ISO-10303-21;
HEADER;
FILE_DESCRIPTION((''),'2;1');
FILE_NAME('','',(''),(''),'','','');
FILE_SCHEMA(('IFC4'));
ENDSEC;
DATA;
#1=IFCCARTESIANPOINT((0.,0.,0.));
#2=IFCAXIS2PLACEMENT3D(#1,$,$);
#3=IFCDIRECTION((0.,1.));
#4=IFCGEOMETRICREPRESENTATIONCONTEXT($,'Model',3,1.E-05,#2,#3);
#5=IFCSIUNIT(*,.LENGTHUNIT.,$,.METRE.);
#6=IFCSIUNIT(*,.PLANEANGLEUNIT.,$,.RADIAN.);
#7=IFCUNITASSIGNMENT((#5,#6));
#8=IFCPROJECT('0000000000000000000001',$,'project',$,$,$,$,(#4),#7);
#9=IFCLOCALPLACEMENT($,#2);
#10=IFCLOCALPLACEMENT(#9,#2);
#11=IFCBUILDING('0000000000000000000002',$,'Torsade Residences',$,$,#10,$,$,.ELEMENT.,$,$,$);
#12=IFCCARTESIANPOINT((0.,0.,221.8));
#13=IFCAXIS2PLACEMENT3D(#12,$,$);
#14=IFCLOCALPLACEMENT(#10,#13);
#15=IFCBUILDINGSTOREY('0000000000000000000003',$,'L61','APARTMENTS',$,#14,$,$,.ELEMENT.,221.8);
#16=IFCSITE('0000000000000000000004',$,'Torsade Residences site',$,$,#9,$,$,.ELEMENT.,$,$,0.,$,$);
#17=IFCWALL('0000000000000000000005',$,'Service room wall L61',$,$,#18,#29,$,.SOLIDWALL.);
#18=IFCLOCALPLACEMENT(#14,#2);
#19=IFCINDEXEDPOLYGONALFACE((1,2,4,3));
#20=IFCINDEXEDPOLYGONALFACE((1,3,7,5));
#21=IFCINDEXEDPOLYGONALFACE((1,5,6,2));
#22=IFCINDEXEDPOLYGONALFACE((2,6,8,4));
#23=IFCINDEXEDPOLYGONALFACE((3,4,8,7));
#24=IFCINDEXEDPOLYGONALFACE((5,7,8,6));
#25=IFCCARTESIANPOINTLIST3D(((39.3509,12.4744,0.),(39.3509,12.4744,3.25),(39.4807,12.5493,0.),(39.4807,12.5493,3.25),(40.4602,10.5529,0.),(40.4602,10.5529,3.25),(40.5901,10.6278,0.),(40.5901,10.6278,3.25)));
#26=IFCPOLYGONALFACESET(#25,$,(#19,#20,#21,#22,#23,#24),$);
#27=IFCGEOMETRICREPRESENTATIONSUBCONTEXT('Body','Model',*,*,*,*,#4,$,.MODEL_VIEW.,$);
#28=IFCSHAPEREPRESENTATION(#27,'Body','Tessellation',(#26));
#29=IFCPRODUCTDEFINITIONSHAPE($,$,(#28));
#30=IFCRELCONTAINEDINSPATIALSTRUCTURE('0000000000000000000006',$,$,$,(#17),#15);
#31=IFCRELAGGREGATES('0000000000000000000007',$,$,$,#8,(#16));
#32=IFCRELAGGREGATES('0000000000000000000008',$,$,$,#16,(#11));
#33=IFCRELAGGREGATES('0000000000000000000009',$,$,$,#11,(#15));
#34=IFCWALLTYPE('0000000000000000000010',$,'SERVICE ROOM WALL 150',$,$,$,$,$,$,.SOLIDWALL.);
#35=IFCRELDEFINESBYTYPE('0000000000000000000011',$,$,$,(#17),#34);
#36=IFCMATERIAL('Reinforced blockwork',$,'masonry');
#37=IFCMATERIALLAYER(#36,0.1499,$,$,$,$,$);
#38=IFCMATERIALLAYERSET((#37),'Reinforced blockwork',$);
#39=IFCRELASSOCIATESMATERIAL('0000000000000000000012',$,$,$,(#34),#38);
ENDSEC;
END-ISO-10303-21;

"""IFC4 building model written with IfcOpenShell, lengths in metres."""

from ifc_helpers import new_model, si_unit, direction, frame, frame_2d, origin, place, context, subcontext, project, spatial, rectangle, extrude, material, layer, layer_set, type_object, element, save


model = new_model("IFC4")

# Units and contexts
model_context = context("Model", 3, precision=1e-05, world=origin(), true_north=direction((0.0, 1.0)))
body_context = subcontext(model_context, "Body", "Model", "MODEL_VIEW")
ifc_project = project(units=[si_unit("LENGTHUNIT", "METRE"), si_unit("PLANEANGLEUNIT", "RADIAN")], contexts=[model_context])

# Site, building, storey
site_placement = place(None, origin())
site = spatial("IfcSite", under=ifc_project, at=site_placement, Name="Torsade Residences site", CompositionType="ELEMENT", RefElevation=0.0)
building_placement = place(site_placement, origin())
building = spatial("IfcBuilding", under=site, at=building_placement, Name="Torsade Residences", CompositionType="ELEMENT")
storey_placement = place(building_placement, frame((0.0, 0.0, 221.8)))
storey = spatial("IfcBuildingStorey", under=building, at=storey_placement, Name="L61", Description="APARTMENTS", CompositionType="ELEMENT", Elevation=221.8)

# Wall
ifc_material_1 = material(Name="Reinforced blockwork", Category="masonry")
ifc_layer_1 = layer(ifc_material_1, 0.1499)
ifc_layer_set_1 = layer_set([ifc_layer_1], Name="Reinforced blockwork")
wall_type_1 = type_object("IfcWallType", Name="SERVICE ROOM WALL 150", PredefinedType="SOLIDWALL", material=ifc_layer_set_1)
wall_1_placement = place(storey_placement, frame((40.5251, 10.5903, 0.0), z_axis=(0.0, 0.0, 1.0), x_axis=(-0.499973, 0.866041, 0.0)))
element("IfcWall", 1, at=wall_1_placement, inside=storey, type_object=wall_type_1, Name="Service room wall L61", PredefinedType="SOLIDWALL", context=body_context, shape_type="SweptSolid", body=[
    extrude(rectangle(XDim=2.2188, YDim=0.1499, at=frame_2d((1.1094, 0.0))), origin(), (0.0, 0.0, 1.0), 3.25),
])

save(model, "model.ifc")
